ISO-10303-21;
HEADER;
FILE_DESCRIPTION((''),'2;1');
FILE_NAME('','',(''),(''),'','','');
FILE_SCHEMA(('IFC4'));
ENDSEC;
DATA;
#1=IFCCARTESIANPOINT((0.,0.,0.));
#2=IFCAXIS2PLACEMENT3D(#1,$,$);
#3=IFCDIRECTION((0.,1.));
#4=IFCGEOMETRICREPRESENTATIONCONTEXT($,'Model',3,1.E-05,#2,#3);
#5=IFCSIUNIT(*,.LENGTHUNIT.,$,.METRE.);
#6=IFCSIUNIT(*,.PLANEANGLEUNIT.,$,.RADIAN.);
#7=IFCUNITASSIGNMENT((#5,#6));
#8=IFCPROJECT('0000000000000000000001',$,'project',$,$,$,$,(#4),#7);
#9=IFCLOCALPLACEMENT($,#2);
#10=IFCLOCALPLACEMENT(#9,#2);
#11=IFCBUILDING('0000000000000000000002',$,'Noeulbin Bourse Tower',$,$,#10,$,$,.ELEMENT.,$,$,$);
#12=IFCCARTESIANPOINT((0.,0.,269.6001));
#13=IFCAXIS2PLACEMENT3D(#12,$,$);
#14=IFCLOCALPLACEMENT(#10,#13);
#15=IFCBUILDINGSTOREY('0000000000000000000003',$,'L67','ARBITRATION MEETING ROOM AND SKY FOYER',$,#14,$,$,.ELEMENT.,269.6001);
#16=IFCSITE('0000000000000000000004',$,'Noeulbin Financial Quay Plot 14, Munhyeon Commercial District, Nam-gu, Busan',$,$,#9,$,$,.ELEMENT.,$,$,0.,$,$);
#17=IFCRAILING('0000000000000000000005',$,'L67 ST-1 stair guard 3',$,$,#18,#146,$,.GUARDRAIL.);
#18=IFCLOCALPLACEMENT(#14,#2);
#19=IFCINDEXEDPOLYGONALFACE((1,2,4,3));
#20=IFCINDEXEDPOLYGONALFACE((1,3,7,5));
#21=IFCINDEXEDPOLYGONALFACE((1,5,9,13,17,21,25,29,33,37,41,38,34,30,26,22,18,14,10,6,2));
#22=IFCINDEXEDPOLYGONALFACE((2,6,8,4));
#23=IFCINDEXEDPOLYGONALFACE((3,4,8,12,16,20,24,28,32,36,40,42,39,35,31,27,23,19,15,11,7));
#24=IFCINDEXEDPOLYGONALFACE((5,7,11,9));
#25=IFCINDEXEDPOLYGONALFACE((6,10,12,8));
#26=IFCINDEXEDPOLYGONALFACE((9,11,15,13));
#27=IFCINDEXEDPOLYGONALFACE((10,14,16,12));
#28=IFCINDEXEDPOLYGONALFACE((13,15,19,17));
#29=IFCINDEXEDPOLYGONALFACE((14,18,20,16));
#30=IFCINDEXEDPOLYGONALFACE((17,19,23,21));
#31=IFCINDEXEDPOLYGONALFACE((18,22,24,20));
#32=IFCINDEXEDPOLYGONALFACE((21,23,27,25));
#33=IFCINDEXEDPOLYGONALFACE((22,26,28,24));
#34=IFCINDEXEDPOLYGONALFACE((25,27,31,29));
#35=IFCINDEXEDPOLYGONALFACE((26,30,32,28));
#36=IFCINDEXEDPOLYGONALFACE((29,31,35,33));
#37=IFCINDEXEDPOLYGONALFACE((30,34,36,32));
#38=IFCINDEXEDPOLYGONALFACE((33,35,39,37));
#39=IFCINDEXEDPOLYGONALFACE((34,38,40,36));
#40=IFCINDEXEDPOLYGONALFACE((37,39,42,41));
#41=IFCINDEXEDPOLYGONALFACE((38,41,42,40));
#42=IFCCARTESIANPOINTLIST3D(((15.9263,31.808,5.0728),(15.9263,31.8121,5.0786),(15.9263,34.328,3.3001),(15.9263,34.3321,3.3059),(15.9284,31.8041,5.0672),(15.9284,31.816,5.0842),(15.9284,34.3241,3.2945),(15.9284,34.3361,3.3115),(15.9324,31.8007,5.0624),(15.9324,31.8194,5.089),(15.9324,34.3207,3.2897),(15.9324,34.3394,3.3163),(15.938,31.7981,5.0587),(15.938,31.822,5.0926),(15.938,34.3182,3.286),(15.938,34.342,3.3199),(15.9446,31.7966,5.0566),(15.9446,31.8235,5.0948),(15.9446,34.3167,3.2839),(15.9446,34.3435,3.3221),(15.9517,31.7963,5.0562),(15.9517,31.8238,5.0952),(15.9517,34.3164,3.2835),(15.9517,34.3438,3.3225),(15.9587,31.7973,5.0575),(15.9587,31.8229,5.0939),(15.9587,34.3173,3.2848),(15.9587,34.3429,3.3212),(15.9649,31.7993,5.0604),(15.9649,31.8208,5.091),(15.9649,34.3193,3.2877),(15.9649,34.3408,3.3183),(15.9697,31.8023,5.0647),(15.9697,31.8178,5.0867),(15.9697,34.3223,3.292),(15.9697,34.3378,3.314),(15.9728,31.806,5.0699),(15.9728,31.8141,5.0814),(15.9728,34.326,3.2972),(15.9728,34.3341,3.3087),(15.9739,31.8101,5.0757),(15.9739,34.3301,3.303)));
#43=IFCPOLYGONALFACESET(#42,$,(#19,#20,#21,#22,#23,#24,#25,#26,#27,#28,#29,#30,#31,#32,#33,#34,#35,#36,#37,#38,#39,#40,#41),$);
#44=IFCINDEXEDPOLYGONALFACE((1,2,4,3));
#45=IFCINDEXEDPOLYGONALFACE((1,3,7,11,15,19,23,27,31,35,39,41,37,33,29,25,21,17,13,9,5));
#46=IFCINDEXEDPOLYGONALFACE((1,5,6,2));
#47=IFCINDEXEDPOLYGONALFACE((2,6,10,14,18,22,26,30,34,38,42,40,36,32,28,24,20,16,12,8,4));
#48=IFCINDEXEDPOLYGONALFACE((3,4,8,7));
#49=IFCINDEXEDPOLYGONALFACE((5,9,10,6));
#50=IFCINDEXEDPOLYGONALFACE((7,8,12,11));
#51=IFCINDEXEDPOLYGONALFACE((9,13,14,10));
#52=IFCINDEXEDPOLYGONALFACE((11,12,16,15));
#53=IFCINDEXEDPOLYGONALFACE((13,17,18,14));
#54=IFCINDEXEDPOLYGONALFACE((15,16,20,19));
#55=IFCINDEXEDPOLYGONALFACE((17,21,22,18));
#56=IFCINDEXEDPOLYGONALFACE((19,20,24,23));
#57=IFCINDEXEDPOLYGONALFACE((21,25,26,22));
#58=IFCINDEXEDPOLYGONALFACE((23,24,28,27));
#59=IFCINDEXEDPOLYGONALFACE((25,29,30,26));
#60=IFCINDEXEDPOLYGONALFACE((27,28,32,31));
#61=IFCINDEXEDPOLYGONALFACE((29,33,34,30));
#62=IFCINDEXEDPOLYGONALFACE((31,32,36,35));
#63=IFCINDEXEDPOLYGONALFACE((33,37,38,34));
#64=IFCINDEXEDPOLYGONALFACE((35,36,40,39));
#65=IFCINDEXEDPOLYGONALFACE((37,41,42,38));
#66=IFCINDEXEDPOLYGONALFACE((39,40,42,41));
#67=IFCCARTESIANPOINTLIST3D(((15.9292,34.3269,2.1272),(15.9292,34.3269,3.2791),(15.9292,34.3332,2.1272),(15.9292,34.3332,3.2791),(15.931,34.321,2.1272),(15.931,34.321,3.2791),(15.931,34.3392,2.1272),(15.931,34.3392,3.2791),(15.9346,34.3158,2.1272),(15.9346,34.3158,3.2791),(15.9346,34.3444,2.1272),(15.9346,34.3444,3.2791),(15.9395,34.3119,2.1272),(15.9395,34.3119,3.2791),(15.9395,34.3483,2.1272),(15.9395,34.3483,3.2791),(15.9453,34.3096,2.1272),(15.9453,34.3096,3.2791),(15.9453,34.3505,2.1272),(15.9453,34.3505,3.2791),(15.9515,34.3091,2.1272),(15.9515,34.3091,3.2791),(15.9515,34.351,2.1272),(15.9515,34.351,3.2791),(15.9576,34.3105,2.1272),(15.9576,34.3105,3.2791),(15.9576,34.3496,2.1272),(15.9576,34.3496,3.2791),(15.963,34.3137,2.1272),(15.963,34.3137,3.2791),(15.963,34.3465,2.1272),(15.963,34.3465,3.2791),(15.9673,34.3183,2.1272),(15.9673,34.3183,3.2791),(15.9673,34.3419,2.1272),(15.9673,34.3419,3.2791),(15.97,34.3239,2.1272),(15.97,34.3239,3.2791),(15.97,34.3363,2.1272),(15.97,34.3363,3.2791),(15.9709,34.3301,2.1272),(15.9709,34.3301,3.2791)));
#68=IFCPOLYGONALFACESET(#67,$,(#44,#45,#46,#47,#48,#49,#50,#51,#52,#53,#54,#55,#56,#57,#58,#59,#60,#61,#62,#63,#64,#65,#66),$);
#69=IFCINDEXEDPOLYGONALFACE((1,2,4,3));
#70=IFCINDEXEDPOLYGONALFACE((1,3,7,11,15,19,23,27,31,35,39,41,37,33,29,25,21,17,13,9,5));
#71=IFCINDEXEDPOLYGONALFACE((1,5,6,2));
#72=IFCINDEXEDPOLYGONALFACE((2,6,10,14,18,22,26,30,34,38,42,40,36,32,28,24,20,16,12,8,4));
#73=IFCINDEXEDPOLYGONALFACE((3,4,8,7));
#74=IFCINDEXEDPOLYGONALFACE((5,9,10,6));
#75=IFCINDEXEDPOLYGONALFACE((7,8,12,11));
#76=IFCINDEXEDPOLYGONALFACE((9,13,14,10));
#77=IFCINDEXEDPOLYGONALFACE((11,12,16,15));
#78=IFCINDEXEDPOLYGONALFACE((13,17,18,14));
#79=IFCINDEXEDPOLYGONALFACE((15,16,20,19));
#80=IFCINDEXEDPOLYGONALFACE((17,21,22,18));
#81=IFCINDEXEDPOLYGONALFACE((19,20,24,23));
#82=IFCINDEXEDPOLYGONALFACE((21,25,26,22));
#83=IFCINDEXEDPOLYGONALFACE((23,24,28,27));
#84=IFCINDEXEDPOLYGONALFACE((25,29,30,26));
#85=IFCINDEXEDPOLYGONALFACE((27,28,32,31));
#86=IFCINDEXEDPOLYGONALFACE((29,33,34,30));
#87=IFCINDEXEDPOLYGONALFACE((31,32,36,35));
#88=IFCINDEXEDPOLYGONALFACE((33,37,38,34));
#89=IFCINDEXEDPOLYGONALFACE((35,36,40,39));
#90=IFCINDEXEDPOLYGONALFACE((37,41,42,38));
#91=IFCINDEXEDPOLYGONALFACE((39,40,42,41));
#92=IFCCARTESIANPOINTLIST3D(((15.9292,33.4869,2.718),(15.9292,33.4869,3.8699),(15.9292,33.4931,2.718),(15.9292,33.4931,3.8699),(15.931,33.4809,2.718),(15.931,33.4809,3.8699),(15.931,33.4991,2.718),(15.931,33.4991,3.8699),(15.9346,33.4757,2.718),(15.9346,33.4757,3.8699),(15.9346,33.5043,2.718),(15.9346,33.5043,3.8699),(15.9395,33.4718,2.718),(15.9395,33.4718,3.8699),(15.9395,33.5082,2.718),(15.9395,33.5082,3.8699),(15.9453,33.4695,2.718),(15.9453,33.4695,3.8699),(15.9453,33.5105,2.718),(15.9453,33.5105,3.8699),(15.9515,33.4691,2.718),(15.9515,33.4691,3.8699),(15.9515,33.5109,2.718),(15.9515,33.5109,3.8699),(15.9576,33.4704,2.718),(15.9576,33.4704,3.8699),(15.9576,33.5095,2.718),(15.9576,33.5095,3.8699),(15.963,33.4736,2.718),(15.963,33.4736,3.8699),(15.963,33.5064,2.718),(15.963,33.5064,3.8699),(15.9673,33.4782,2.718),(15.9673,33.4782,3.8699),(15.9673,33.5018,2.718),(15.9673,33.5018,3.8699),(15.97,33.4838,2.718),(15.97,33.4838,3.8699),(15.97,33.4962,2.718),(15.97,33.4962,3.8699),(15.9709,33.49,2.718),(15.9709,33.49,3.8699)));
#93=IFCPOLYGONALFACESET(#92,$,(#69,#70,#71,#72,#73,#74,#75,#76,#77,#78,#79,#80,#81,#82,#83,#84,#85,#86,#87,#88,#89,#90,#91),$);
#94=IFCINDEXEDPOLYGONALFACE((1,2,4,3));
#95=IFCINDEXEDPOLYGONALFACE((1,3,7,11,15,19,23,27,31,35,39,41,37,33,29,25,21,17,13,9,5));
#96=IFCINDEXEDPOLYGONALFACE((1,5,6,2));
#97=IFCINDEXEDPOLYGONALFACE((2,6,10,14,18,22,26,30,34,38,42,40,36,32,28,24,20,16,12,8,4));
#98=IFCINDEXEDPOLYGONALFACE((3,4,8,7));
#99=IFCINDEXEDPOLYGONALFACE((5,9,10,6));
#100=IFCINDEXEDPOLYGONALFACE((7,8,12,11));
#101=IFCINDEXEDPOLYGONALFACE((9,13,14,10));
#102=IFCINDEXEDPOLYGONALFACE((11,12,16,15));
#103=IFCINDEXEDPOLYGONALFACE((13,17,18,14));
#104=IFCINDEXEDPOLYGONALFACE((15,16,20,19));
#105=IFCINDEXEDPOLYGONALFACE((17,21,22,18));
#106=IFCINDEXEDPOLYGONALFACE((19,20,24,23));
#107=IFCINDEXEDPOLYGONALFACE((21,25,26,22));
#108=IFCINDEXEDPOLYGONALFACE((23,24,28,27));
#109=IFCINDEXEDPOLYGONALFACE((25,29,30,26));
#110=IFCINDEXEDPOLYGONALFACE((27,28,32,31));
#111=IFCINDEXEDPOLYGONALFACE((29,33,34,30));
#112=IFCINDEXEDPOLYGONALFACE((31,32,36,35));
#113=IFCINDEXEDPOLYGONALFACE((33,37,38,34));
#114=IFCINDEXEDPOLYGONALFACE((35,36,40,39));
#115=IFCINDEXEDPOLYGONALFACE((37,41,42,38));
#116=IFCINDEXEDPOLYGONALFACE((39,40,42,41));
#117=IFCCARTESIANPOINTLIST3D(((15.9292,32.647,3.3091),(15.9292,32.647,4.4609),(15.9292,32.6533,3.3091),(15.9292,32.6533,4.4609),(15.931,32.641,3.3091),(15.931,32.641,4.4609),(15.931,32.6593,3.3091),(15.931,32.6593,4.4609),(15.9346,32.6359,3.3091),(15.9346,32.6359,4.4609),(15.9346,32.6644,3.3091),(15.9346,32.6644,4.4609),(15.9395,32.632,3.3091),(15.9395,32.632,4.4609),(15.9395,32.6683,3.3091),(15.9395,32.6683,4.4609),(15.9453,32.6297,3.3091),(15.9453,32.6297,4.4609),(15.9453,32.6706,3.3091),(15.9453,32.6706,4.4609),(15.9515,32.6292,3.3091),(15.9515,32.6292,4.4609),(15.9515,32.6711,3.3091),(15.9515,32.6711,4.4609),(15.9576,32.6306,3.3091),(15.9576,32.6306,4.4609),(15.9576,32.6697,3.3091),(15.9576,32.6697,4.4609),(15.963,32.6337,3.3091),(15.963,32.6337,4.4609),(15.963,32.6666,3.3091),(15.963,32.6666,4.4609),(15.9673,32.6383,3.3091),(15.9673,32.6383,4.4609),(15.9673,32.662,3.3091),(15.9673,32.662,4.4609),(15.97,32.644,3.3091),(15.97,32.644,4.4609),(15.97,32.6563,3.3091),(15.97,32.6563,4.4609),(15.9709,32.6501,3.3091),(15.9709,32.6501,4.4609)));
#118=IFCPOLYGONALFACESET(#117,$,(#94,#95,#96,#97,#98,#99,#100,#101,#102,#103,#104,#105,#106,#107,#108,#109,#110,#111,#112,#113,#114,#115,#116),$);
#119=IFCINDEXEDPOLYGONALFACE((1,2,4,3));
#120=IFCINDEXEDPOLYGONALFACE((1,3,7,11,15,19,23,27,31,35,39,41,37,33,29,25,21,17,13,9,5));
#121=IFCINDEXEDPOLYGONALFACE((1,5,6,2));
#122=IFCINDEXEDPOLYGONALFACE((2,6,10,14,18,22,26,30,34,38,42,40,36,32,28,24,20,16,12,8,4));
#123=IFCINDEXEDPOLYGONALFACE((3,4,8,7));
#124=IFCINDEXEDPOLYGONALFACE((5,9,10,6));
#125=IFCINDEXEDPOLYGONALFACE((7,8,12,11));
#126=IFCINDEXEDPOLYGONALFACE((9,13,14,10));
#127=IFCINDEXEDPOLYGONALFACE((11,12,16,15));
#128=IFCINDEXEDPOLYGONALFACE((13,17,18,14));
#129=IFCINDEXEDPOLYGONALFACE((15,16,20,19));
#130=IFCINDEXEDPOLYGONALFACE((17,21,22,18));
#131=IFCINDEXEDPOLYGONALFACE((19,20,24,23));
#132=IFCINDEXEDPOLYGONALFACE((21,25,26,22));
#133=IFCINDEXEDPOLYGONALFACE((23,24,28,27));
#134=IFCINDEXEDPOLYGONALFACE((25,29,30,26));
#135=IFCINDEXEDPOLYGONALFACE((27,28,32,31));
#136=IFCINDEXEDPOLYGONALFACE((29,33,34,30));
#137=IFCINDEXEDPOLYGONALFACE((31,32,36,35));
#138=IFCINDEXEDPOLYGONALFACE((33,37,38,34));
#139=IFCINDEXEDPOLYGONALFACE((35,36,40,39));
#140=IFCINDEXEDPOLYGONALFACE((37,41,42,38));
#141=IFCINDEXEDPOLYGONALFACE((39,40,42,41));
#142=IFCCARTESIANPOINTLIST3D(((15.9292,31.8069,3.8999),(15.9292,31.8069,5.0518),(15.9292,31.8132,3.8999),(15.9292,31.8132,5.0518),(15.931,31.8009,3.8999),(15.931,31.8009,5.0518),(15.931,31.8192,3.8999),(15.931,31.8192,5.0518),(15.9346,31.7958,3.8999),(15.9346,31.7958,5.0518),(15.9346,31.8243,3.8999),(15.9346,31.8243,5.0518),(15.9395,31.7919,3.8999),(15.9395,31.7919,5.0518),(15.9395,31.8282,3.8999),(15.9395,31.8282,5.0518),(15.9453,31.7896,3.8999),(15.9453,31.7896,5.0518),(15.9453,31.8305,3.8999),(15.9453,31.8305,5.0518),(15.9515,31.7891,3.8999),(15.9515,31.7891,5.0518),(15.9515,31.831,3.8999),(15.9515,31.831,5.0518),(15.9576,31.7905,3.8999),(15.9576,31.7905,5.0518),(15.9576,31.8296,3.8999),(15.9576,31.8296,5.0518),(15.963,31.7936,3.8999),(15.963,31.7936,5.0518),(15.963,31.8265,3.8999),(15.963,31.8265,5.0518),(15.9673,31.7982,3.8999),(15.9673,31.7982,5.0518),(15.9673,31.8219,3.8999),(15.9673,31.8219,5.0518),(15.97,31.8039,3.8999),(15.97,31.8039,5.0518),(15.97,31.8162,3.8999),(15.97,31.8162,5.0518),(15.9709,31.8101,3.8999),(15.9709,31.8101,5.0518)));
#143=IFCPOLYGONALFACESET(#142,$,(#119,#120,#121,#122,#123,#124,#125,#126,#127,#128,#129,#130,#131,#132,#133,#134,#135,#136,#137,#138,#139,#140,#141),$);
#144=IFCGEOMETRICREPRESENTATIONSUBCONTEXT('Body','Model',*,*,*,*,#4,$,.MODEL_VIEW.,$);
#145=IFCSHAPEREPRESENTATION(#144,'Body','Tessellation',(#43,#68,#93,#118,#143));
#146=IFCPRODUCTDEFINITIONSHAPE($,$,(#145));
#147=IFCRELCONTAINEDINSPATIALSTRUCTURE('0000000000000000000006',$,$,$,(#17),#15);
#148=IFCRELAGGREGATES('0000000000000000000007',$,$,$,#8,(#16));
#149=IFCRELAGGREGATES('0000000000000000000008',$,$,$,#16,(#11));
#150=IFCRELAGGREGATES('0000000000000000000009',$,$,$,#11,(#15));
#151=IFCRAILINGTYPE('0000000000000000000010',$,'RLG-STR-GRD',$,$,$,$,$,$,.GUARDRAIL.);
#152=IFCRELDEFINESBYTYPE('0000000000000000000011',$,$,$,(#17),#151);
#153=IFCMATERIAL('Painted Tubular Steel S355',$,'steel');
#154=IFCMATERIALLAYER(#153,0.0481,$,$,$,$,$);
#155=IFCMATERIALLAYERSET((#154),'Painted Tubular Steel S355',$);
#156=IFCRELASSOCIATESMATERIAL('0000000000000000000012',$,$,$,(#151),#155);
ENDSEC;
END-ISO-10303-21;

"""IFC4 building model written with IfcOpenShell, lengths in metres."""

from ifc_helpers import new_model, si_unit, direction, frame, origin, origin_2d, place, context, subcontext, project, spatial, circle, extrude, material, layer, layer_set, type_object, element, save


model = new_model("IFC4")

# Units and contexts
model_context = context("Model", 3, precision=1e-05, world=origin(), true_north=direction((0.0, 1.0)))
body_context = subcontext(model_context, "Body", "Model", "MODEL_VIEW")
ifc_project = project(units=[si_unit("LENGTHUNIT", "METRE"), si_unit("PLANEANGLEUNIT", "RADIAN")], contexts=[model_context])

# Site, building, storey
site_placement = place(None, origin())
site = spatial("IfcSite", under=ifc_project, at=site_placement, Name="Noeulbin Financial Quay Plot 14, Munhyeon Commercial District, Nam-gu, Busan", CompositionType="ELEMENT", RefElevation=0.0)
building_placement = place(site_placement, origin())
building = spatial("IfcBuilding", under=site, at=building_placement, Name="Noeulbin Bourse Tower", CompositionType="ELEMENT")
storey_placement = place(building_placement, frame((0.0, 0.0, 269.6001)))
storey = spatial("IfcBuildingStorey", under=building, at=storey_placement, Name="L67", Description="ARBITRATION MEETING ROOM AND SKY FOYER", CompositionType="ELEMENT", Elevation=269.6001)

# Railing
ifc_material_1 = material(Name="Painted Tubular Steel S355", Category="steel")
ifc_layer_1 = layer(ifc_material_1, 0.0481)
ifc_layer_set_1 = layer_set([ifc_layer_1], Name="Painted Tubular Steel S355")
railing_type_1 = type_object("IfcRailingType", Name="RLG-STR-GRD", PredefinedType="GUARDRAIL", material=ifc_layer_set_1)
railing_1_placement = place(storey_placement, frame((15.95, 34.3301, 2.1272)))
element("IfcRailing", 1, at=railing_1_placement, inside=storey, type_object=railing_type_1, Name="L67 ST-1 stair guard 3", PredefinedType="GUARDRAIL", context=body_context, shape_type="SweptSolid", body=[
    extrude(circle(Radius=0.0239, at=origin_2d()), frame((0.0, 0.0, 1.1758), z_axis=(0.0, -0.817904, 0.575354), x_axis=(1.0, 0.0, 0.0)), (0.0, 0.0, 1.0), 3.0811),
    extrude(circle(Radius=0.021, at=origin_2d()), origin(), (0.0, 0.0, 1.0), 1.1519),
    extrude(circle(Radius=0.021, at=origin_2d()), frame((0.0, -0.8401, 0.5908)), (0.0, 0.0, 1.0), 1.1519),
    extrude(circle(Radius=0.021, at=origin_2d()), frame((0.0, -1.6799, 1.1819)), (0.0, 0.0, 1.0), 1.1519),
    extrude(circle(Radius=0.021, at=origin_2d()), frame((0.0, -2.52, 1.7727)), (0.0, 0.0, 1.0), 1.1519),
])

save(model, "model.ifc")
